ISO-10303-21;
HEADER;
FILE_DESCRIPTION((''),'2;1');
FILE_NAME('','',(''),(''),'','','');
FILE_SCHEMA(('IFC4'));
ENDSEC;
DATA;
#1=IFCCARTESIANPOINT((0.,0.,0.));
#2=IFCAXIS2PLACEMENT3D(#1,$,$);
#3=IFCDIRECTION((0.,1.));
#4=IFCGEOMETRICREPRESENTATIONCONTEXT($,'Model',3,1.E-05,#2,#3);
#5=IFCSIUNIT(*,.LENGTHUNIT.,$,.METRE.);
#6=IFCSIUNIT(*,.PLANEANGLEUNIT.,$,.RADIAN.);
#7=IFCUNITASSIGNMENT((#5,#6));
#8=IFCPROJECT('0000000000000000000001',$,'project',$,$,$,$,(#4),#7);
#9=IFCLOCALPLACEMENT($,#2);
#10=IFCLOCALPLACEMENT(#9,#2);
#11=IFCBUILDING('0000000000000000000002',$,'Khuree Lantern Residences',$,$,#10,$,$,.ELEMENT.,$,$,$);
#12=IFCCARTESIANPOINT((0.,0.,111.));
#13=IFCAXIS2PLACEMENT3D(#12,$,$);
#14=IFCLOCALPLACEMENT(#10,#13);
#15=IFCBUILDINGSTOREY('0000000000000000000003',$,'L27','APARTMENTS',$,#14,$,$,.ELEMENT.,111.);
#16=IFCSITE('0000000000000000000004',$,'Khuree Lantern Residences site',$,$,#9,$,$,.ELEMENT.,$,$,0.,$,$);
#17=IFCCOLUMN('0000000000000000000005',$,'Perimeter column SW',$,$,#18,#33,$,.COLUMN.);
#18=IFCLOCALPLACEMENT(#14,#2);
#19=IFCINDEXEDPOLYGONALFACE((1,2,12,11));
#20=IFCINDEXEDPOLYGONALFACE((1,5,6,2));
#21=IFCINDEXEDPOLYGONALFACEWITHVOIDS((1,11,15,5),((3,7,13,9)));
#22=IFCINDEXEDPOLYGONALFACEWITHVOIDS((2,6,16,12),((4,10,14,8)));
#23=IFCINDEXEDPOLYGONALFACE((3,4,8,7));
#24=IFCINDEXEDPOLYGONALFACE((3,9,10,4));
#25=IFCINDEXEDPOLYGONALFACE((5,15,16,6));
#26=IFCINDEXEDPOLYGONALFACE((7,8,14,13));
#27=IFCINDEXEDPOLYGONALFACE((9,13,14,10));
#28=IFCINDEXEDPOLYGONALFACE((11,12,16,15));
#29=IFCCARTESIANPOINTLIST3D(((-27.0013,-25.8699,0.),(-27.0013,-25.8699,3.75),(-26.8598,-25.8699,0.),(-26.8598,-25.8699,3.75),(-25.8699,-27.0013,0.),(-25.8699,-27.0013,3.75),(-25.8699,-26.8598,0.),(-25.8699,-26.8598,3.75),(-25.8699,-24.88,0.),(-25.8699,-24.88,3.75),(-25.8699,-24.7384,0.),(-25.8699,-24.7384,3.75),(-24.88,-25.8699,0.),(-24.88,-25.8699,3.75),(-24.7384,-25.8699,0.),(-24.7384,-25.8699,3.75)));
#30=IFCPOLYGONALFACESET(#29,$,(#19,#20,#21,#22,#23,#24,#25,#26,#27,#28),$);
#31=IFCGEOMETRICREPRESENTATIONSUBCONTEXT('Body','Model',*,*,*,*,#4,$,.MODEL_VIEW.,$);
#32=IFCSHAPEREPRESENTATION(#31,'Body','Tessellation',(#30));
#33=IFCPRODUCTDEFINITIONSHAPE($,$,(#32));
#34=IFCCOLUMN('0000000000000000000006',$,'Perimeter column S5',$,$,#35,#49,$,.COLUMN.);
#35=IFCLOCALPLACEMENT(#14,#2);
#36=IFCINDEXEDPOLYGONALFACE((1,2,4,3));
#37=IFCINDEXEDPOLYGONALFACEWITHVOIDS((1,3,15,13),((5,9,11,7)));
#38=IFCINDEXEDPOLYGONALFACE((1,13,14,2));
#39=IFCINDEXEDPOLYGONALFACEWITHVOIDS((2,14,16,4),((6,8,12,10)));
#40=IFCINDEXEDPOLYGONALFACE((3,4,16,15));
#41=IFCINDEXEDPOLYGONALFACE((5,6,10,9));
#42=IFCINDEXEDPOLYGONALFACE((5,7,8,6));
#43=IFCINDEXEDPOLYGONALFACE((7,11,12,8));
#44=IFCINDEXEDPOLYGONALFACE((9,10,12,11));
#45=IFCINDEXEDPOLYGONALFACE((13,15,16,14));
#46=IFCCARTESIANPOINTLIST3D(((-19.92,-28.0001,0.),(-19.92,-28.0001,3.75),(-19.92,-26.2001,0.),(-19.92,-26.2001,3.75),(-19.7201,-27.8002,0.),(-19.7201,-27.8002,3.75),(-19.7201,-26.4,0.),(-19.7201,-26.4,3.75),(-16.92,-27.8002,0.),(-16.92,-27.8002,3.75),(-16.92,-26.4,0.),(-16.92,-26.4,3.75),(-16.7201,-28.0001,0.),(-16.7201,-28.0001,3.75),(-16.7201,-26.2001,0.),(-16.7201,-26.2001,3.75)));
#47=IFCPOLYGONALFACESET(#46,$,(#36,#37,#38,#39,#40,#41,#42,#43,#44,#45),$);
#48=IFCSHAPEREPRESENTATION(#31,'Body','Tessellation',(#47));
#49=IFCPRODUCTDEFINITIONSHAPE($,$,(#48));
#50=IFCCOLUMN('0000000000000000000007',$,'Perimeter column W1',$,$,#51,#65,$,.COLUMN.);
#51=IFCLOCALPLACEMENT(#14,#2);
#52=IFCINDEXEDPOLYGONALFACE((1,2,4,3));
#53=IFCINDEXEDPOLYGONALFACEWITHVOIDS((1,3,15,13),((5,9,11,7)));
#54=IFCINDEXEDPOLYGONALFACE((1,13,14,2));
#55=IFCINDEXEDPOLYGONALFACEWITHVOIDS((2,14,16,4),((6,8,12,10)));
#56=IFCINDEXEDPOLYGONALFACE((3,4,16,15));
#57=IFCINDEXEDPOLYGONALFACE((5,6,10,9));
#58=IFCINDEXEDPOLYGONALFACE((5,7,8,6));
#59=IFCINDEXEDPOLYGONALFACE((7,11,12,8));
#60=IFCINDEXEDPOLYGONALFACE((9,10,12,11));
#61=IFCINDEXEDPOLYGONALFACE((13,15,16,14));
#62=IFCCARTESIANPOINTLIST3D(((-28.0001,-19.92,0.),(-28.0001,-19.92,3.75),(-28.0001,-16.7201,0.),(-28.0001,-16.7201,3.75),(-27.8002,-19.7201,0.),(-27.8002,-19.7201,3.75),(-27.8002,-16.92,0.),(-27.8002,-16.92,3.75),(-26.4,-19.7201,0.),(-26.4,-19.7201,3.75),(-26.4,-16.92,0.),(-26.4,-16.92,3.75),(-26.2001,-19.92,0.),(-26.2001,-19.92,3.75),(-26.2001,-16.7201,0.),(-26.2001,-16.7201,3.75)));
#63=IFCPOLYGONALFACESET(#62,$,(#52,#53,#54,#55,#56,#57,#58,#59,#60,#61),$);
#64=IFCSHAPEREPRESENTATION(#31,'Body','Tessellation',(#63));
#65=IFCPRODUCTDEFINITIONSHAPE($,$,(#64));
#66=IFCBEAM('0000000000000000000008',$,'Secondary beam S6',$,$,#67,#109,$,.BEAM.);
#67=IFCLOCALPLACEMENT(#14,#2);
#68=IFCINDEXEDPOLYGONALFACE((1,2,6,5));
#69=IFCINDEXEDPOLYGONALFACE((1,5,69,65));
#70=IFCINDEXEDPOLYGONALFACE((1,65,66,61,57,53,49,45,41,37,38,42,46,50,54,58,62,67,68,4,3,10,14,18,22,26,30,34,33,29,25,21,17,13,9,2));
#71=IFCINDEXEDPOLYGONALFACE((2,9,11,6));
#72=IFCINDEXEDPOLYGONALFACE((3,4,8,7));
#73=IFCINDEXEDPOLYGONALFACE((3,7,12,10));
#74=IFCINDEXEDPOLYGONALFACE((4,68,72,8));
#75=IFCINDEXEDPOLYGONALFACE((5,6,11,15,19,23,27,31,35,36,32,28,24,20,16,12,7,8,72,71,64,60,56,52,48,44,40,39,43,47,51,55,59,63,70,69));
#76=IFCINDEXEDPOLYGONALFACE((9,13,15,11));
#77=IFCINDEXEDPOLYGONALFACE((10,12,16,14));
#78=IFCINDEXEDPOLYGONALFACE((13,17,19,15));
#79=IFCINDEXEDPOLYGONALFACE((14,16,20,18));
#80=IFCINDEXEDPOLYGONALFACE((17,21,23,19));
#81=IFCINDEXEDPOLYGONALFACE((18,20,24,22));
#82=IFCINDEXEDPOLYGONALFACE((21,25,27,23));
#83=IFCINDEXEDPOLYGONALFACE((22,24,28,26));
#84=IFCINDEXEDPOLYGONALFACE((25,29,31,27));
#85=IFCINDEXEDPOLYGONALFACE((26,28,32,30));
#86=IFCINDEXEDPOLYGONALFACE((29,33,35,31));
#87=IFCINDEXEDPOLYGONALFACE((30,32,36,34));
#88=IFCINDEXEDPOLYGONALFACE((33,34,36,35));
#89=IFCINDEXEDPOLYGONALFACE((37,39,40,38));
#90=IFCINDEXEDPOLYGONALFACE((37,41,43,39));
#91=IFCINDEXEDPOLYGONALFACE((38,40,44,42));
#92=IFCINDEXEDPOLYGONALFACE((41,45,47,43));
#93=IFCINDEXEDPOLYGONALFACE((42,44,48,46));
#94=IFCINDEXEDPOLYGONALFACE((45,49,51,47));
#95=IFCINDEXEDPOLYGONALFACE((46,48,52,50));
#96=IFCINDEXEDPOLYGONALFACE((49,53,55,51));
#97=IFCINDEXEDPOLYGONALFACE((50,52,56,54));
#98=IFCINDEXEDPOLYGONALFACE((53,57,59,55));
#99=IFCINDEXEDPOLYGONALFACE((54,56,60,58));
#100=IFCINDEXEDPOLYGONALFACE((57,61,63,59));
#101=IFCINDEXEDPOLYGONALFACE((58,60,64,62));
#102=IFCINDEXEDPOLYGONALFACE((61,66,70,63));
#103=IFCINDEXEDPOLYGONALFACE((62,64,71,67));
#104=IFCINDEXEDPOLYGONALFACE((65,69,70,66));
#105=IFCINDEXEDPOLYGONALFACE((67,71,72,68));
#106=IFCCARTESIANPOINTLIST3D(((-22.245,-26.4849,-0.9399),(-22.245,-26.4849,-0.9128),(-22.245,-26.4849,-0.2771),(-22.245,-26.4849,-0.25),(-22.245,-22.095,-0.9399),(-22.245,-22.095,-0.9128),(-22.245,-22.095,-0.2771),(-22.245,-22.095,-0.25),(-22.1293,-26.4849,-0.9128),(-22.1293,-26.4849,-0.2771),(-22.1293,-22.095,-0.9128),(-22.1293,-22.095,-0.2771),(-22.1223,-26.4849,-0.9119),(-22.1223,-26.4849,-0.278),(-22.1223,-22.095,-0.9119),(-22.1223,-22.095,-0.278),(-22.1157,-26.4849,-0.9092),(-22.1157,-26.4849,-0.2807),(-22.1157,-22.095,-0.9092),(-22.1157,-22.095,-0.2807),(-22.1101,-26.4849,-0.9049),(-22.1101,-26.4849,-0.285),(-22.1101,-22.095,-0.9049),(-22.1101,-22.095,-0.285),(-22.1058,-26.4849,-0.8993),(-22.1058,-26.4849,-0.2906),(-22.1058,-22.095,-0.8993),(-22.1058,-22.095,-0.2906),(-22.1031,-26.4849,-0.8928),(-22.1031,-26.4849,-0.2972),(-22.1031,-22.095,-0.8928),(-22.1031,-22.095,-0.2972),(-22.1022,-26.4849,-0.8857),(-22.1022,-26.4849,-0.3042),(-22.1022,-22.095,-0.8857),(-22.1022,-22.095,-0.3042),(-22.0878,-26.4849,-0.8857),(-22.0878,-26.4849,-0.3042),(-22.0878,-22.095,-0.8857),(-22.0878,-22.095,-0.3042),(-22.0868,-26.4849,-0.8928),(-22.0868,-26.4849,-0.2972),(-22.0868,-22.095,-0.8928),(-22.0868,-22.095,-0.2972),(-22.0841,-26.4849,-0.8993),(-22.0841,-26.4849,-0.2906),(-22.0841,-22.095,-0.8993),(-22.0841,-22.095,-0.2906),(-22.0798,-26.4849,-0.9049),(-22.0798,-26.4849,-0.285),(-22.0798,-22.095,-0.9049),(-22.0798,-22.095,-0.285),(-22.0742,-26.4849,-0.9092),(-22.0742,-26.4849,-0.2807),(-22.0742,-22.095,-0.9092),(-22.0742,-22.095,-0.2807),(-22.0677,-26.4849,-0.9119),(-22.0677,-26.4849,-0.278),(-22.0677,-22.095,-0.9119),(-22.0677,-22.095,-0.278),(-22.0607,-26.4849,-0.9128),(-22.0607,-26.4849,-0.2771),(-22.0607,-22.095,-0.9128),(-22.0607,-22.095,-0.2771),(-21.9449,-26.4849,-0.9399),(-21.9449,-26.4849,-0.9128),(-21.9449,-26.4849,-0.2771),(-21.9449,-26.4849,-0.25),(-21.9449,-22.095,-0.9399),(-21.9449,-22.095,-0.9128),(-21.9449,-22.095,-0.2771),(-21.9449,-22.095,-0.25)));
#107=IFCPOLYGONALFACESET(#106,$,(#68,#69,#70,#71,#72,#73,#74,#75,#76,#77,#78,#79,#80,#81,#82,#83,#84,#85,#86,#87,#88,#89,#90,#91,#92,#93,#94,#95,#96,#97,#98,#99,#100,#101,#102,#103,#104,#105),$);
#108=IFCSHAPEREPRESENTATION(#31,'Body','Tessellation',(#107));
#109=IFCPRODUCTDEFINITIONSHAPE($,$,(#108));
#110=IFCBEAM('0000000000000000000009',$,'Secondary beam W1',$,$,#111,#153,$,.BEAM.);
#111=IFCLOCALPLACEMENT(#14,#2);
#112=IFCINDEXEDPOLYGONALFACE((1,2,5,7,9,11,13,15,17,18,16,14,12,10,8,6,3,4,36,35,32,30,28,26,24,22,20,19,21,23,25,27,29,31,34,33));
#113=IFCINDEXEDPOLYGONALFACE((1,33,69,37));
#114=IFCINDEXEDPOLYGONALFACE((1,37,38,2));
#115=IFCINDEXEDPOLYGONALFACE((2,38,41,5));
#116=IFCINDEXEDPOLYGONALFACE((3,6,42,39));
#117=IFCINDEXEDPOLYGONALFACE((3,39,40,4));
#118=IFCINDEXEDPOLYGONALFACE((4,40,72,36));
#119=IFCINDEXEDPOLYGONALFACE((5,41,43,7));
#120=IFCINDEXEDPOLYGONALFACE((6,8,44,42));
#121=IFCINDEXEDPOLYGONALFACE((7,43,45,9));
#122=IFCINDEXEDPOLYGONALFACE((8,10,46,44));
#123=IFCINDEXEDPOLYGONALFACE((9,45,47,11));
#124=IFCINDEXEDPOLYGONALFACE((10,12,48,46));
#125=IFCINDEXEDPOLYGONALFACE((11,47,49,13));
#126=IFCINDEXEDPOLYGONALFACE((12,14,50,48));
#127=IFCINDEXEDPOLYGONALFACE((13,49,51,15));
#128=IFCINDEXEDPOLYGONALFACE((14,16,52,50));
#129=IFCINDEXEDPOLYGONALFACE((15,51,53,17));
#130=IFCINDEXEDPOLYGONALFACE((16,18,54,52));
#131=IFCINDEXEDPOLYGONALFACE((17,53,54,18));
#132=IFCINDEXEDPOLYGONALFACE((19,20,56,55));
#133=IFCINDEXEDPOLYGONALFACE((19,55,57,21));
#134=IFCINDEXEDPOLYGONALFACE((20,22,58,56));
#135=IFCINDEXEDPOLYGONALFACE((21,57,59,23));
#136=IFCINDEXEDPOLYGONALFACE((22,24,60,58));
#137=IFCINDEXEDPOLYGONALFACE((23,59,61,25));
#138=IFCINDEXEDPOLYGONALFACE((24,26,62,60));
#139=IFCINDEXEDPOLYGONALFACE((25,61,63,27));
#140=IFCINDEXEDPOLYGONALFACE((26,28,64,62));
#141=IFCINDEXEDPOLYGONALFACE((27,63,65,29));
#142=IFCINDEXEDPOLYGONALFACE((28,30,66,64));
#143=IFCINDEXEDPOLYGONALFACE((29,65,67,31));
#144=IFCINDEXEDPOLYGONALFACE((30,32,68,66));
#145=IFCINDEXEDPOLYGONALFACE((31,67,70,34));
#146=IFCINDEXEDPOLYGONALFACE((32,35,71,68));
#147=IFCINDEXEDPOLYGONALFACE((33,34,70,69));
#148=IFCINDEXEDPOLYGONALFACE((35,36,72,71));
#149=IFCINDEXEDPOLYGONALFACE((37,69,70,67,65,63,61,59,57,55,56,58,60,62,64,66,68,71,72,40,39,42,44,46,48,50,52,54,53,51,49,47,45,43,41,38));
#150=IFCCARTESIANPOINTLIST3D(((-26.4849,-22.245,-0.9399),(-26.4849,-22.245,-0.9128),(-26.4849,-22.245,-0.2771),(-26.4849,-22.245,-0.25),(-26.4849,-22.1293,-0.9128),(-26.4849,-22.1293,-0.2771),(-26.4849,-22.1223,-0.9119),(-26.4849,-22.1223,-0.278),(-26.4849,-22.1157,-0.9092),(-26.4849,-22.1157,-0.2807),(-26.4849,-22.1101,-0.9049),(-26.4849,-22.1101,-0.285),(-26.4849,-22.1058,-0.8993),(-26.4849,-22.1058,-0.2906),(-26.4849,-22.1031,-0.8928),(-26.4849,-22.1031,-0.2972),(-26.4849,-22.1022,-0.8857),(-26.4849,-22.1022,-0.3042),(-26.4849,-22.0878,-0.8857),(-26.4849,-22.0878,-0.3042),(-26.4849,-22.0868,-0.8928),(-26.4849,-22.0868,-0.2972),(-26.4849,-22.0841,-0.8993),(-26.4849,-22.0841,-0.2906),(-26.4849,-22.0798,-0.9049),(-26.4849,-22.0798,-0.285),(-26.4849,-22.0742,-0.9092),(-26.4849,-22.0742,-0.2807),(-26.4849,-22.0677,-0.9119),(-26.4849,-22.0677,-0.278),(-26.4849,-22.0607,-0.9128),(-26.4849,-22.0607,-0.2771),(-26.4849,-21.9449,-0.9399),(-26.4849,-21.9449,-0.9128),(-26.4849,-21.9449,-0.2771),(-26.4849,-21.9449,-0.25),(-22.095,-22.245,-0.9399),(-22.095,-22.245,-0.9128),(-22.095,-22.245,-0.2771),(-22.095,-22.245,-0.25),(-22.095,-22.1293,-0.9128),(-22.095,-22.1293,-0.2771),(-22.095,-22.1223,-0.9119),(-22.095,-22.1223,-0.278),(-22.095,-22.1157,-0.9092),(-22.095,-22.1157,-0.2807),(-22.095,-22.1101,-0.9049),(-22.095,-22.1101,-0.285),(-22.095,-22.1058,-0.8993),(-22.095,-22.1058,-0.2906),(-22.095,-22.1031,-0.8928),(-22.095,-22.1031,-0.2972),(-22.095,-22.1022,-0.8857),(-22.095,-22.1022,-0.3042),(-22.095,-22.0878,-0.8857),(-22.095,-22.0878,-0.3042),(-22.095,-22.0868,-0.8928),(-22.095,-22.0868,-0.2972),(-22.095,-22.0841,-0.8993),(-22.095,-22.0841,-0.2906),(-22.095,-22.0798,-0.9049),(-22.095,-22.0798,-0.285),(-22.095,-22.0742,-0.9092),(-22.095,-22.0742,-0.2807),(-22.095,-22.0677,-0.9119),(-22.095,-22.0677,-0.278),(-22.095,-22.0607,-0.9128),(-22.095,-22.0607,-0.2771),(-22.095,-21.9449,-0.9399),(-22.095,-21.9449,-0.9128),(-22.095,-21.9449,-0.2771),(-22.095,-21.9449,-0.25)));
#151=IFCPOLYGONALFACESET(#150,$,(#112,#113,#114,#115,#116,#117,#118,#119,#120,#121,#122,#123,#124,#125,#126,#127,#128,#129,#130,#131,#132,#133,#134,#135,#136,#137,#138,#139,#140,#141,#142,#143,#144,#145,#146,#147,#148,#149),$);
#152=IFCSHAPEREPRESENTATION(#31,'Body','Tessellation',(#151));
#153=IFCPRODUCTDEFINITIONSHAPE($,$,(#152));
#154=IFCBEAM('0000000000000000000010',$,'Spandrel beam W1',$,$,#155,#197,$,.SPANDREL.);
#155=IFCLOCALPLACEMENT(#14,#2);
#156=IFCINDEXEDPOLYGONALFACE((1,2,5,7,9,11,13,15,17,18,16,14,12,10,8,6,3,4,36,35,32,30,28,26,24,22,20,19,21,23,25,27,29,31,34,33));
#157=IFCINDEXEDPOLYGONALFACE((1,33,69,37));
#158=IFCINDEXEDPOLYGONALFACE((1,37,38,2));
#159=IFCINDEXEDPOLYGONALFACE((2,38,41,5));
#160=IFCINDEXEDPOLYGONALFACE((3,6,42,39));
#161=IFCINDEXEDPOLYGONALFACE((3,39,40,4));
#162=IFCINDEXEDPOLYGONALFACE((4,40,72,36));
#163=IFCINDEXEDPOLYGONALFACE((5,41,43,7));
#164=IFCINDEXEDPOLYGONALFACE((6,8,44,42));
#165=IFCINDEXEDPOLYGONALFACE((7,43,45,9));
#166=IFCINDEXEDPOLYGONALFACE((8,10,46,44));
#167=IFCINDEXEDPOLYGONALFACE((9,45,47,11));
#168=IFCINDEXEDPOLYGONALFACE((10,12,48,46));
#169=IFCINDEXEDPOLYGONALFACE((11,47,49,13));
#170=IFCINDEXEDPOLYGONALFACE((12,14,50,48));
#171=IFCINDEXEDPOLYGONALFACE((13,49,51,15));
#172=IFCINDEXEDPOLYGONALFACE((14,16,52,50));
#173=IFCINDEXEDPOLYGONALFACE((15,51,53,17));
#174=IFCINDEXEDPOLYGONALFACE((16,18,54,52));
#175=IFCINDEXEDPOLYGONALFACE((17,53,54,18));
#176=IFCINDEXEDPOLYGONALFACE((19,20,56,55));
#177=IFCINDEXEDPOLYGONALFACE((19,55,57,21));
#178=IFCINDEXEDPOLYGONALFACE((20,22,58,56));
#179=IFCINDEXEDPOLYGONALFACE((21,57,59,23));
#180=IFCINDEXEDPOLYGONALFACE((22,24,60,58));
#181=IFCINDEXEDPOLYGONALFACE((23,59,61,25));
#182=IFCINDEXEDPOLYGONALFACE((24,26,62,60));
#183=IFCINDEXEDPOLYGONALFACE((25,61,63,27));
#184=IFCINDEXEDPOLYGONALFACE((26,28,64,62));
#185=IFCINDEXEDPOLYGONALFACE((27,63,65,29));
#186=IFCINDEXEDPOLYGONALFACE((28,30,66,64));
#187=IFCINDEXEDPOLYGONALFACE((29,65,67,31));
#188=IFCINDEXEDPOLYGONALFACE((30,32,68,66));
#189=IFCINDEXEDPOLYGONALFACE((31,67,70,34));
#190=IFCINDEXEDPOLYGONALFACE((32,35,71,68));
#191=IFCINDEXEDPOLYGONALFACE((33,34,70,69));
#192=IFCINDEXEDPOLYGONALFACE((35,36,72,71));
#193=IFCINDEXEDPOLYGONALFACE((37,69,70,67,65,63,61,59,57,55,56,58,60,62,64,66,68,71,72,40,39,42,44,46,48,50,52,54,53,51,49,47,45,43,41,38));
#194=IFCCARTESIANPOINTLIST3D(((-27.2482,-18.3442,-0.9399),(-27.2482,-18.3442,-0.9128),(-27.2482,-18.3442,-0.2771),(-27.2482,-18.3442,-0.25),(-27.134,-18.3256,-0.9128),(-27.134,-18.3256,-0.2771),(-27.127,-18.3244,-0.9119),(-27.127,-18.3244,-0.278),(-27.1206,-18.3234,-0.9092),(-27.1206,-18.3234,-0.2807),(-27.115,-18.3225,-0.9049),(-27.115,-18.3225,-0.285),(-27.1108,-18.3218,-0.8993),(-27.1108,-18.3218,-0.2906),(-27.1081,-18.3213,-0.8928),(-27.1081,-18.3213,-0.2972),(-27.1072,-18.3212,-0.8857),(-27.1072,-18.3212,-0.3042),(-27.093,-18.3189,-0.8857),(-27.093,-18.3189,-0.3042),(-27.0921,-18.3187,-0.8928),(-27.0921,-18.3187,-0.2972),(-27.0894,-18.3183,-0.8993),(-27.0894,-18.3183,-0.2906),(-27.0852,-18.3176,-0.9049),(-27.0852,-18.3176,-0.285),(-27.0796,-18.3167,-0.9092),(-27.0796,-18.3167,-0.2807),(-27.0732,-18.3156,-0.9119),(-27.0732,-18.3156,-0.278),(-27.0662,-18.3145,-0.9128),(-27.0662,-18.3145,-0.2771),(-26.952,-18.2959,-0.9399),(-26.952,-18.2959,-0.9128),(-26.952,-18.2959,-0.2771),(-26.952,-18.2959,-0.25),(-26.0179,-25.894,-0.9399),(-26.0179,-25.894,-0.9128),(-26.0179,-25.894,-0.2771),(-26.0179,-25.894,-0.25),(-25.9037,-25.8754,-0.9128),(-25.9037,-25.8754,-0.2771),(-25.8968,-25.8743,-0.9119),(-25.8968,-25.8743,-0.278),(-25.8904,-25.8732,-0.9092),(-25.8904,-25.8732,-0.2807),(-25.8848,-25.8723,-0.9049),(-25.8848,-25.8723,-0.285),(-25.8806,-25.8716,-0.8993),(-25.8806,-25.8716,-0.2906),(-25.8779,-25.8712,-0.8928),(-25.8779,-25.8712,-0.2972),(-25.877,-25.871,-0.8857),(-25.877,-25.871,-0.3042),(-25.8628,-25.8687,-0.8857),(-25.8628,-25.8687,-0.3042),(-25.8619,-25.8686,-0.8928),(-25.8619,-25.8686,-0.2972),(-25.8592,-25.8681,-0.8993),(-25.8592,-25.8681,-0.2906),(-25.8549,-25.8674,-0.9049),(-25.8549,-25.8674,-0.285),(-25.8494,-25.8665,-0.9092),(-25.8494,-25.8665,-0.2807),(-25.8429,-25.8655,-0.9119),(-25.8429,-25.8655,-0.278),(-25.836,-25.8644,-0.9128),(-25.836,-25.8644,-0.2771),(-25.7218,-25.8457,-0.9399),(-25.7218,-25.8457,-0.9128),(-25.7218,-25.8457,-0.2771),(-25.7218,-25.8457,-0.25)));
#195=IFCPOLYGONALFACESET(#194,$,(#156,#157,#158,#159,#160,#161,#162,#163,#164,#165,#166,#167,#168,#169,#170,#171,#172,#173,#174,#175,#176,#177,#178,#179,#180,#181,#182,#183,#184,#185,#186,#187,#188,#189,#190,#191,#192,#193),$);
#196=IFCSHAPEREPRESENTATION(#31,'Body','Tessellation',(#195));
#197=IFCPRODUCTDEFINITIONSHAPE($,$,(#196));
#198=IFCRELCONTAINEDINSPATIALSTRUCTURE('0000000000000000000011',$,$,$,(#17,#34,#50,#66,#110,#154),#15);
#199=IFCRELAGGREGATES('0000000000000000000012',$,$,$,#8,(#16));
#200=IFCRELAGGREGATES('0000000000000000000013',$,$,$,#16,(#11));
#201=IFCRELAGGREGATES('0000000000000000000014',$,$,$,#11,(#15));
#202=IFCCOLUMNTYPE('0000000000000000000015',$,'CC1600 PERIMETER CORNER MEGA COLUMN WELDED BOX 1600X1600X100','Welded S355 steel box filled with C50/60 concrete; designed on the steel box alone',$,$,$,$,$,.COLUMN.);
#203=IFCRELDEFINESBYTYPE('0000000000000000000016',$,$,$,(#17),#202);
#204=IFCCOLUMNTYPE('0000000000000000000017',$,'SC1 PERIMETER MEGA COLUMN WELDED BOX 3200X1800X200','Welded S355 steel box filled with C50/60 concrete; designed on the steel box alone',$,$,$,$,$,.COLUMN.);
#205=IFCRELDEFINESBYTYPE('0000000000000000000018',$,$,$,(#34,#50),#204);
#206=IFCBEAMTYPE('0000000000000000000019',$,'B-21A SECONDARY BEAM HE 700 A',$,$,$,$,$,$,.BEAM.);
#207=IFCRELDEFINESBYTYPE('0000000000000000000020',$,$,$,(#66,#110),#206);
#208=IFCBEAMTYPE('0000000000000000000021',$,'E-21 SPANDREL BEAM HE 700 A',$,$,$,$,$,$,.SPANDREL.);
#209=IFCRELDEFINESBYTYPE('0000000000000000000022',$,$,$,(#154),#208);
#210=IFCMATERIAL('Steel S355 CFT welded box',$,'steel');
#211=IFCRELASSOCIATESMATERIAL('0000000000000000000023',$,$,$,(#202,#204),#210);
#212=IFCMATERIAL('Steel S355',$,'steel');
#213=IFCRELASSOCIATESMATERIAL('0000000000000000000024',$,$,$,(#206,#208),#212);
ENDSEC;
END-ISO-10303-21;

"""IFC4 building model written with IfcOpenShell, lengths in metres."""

from ifc_helpers import new_model, si_unit, direction, frame, origin, origin_2d, place, context, subcontext, project, spatial, hollow_rectangle, i_section, extrude, material, material_profile, profile_set, type_object, element, save


model = new_model("IFC4")

# Units and contexts
model_context = context("Model", 3, precision=1e-05, world=origin(), true_north=direction((0.0, 1.0)))
body_context = subcontext(model_context, "Body", "Model", "MODEL_VIEW")
ifc_project = project(units=[si_unit("LENGTHUNIT", "METRE"), si_unit("PLANEANGLEUNIT", "RADIAN")], contexts=[model_context])

# Site, building, storey
site_placement = place(None, origin())
site = spatial("IfcSite", under=ifc_project, at=site_placement, Name="Khuree Lantern Residences site", CompositionType="ELEMENT", RefElevation=0.0)
building_placement = place(site_placement, origin())
building = spatial("IfcBuilding", under=site, at=building_placement, Name="Khuree Lantern Residences", CompositionType="ELEMENT")
storey_placement = place(building_placement, frame((0.0, 0.0, 111.0)))
storey = spatial("IfcBuildingStorey", under=building, at=storey_placement, Name="L27", Description="APARTMENTS", CompositionType="ELEMENT", Elevation=111.0)

# Columns
ifc_material_1 = material(Name="Steel S355 CFT welded box", Category="steel")
ifc_material_profile_1 = material_profile(ifc_material_1, hollow_rectangle(XDim=1.6001, YDim=1.6001, WallThickness=0.1001, at=origin_2d()), Name="WELDED BOX 1600X1600X100")
ifc_profile_set_1 = profile_set([ifc_material_profile_1], Name="Steel S355 CFT welded box")
column_type_1 = type_object("IfcColumnType", Name="CC1600 PERIMETER CORNER MEGA COLUMN WELDED BOX 1600X1600X100", Description="Welded S355 steel box filled with C50/60 concrete; designed on the steel box alone", PredefinedType="COLUMN", material=ifc_profile_set_1)
column_placement = place(storey_placement, frame((-25.8699, -25.8699, 0.0), z_axis=(0.0, 0.0, 1.0), x_axis=(0.707107, -0.707107, 0.0)))
element("IfcColumn", 1, at=column_placement, inside=storey, type_object=column_type_1, Name="Perimeter column SW", PredefinedType="COLUMN", context=body_context, shape_type="SweptSolid", body=[
    extrude(hollow_rectangle(XDim=1.6001, YDim=1.6001, WallThickness=0.1001, at=origin_2d()), origin(), (0.0, 0.0, 1.0), 3.75),
])
ifc_material_profile_2 = material_profile(ifc_material_1, hollow_rectangle(XDim=3.2, YDim=1.8, WallThickness=0.2, at=origin_2d()), Name="WELDED BOX 3200X1800X200")
ifc_profile_set_2 = profile_set([ifc_material_profile_2], Name="Steel S355 CFT welded box")
column_type_2 = type_object("IfcColumnType", Name="SC1 PERIMETER MEGA COLUMN WELDED BOX 3200X1800X200", Description="Welded S355 steel box filled with C50/60 concrete; designed on the steel box alone", PredefinedType="COLUMN", material=ifc_profile_set_2)
for number, where, z_axis, x_axis, name in (
    (2, (-18.3201, -27.1001, 0.0), (0.0, 0.0, 1.0), (1.0, 0.0, 0.0), "Perimeter column S5"),
    (3, (-27.1001, -18.3201, 0.0), (0.0, 0.0, 1.0), (0.0, 1.0, 0.0), "Perimeter column W1"),
):
    element("IfcColumn", number, at=place(storey_placement, frame(where, z_axis=z_axis, x_axis=x_axis)), inside=storey, type_object=column_type_2, Name=name, PredefinedType="COLUMN", context=body_context, shape_type="SweptSolid", body=[
        extrude(hollow_rectangle(XDim=3.2, YDim=1.8, WallThickness=0.2, at=origin_2d()), origin(), (0.0, 0.0, 1.0), 3.75),
    ])

# Beams
ifc_material_2 = material(Name="Steel S355", Category="steel")
ifc_material_profile_3 = material_profile(ifc_material_2, i_section(OverallWidth=0.3, OverallDepth=0.6899, WebThickness=0.0144, FlangeThickness=0.0271, FilletRadius=0.0271, at=origin_2d()), Name="HE 700 A")
ifc_profile_set_3 = profile_set([ifc_material_profile_3], Name="Steel S355")
beam_type_1 = type_object("IfcBeamType", Name="B-21A SECONDARY BEAM HE 700 A", PredefinedType="BEAM", material=ifc_profile_set_3)
for number, where, z_axis, x_axis, name in (
    (4, (-22.095, -26.4849, -0.595), (0.0, 1.0, 0.0), (-1.0, 0.0, 0.0), "Secondary beam S6"),
    (5, (-26.4849, -22.095, -0.595), (1.0, 0.0, 0.0), (0.0, 1.0, 0.0), "Secondary beam W1"),
):
    element("IfcBeam", number, at=place(storey_placement, frame(where, z_axis=z_axis, x_axis=x_axis)), inside=storey, type_object=beam_type_1, Name=name, PredefinedType="BEAM", context=body_context, shape_type="SweptSolid", body=[
        extrude(i_section(OverallWidth=0.3, OverallDepth=0.6899, WebThickness=0.0144, FlangeThickness=0.0271, FilletRadius=0.0271, at=origin_2d()), origin(), (0.0, 0.0, 1.0), 4.3899),
    ])
ifc_material_profile_4 = material_profile(ifc_material_2, i_section(OverallWidth=0.3, OverallDepth=0.6899, WebThickness=0.0144, FlangeThickness=0.0271, FilletRadius=0.0271, at=origin_2d()), Name="HE 700 A")
ifc_profile_set_4 = profile_set([ifc_material_profile_4], Name="Steel S355")
beam_type_2 = type_object("IfcBeamType", Name="E-21 SPANDREL BEAM HE 700 A", PredefinedType="SPANDREL", material=ifc_profile_set_4)
beam_1_placement = place(storey_placement, frame((-25.8699, -25.8699, -0.595), z_axis=(-0.160827, 0.986983, 0.0), x_axis=(-0.986983, -0.160827, 0.0)))
element("IfcBeam", 6, at=beam_1_placement, inside=storey, type_object=beam_type_2, Name="Spandrel beam W1", PredefinedType="SPANDREL", context=body_context, shape_type="SweptSolid", body=[
    extrude(i_section(OverallWidth=0.3, OverallDepth=0.6899, WebThickness=0.0144, FlangeThickness=0.0271, FilletRadius=0.0271, at=origin_2d()), origin(), (0.0, 0.0, 1.0), 7.6494),
])

save(model, "model.ifc")
